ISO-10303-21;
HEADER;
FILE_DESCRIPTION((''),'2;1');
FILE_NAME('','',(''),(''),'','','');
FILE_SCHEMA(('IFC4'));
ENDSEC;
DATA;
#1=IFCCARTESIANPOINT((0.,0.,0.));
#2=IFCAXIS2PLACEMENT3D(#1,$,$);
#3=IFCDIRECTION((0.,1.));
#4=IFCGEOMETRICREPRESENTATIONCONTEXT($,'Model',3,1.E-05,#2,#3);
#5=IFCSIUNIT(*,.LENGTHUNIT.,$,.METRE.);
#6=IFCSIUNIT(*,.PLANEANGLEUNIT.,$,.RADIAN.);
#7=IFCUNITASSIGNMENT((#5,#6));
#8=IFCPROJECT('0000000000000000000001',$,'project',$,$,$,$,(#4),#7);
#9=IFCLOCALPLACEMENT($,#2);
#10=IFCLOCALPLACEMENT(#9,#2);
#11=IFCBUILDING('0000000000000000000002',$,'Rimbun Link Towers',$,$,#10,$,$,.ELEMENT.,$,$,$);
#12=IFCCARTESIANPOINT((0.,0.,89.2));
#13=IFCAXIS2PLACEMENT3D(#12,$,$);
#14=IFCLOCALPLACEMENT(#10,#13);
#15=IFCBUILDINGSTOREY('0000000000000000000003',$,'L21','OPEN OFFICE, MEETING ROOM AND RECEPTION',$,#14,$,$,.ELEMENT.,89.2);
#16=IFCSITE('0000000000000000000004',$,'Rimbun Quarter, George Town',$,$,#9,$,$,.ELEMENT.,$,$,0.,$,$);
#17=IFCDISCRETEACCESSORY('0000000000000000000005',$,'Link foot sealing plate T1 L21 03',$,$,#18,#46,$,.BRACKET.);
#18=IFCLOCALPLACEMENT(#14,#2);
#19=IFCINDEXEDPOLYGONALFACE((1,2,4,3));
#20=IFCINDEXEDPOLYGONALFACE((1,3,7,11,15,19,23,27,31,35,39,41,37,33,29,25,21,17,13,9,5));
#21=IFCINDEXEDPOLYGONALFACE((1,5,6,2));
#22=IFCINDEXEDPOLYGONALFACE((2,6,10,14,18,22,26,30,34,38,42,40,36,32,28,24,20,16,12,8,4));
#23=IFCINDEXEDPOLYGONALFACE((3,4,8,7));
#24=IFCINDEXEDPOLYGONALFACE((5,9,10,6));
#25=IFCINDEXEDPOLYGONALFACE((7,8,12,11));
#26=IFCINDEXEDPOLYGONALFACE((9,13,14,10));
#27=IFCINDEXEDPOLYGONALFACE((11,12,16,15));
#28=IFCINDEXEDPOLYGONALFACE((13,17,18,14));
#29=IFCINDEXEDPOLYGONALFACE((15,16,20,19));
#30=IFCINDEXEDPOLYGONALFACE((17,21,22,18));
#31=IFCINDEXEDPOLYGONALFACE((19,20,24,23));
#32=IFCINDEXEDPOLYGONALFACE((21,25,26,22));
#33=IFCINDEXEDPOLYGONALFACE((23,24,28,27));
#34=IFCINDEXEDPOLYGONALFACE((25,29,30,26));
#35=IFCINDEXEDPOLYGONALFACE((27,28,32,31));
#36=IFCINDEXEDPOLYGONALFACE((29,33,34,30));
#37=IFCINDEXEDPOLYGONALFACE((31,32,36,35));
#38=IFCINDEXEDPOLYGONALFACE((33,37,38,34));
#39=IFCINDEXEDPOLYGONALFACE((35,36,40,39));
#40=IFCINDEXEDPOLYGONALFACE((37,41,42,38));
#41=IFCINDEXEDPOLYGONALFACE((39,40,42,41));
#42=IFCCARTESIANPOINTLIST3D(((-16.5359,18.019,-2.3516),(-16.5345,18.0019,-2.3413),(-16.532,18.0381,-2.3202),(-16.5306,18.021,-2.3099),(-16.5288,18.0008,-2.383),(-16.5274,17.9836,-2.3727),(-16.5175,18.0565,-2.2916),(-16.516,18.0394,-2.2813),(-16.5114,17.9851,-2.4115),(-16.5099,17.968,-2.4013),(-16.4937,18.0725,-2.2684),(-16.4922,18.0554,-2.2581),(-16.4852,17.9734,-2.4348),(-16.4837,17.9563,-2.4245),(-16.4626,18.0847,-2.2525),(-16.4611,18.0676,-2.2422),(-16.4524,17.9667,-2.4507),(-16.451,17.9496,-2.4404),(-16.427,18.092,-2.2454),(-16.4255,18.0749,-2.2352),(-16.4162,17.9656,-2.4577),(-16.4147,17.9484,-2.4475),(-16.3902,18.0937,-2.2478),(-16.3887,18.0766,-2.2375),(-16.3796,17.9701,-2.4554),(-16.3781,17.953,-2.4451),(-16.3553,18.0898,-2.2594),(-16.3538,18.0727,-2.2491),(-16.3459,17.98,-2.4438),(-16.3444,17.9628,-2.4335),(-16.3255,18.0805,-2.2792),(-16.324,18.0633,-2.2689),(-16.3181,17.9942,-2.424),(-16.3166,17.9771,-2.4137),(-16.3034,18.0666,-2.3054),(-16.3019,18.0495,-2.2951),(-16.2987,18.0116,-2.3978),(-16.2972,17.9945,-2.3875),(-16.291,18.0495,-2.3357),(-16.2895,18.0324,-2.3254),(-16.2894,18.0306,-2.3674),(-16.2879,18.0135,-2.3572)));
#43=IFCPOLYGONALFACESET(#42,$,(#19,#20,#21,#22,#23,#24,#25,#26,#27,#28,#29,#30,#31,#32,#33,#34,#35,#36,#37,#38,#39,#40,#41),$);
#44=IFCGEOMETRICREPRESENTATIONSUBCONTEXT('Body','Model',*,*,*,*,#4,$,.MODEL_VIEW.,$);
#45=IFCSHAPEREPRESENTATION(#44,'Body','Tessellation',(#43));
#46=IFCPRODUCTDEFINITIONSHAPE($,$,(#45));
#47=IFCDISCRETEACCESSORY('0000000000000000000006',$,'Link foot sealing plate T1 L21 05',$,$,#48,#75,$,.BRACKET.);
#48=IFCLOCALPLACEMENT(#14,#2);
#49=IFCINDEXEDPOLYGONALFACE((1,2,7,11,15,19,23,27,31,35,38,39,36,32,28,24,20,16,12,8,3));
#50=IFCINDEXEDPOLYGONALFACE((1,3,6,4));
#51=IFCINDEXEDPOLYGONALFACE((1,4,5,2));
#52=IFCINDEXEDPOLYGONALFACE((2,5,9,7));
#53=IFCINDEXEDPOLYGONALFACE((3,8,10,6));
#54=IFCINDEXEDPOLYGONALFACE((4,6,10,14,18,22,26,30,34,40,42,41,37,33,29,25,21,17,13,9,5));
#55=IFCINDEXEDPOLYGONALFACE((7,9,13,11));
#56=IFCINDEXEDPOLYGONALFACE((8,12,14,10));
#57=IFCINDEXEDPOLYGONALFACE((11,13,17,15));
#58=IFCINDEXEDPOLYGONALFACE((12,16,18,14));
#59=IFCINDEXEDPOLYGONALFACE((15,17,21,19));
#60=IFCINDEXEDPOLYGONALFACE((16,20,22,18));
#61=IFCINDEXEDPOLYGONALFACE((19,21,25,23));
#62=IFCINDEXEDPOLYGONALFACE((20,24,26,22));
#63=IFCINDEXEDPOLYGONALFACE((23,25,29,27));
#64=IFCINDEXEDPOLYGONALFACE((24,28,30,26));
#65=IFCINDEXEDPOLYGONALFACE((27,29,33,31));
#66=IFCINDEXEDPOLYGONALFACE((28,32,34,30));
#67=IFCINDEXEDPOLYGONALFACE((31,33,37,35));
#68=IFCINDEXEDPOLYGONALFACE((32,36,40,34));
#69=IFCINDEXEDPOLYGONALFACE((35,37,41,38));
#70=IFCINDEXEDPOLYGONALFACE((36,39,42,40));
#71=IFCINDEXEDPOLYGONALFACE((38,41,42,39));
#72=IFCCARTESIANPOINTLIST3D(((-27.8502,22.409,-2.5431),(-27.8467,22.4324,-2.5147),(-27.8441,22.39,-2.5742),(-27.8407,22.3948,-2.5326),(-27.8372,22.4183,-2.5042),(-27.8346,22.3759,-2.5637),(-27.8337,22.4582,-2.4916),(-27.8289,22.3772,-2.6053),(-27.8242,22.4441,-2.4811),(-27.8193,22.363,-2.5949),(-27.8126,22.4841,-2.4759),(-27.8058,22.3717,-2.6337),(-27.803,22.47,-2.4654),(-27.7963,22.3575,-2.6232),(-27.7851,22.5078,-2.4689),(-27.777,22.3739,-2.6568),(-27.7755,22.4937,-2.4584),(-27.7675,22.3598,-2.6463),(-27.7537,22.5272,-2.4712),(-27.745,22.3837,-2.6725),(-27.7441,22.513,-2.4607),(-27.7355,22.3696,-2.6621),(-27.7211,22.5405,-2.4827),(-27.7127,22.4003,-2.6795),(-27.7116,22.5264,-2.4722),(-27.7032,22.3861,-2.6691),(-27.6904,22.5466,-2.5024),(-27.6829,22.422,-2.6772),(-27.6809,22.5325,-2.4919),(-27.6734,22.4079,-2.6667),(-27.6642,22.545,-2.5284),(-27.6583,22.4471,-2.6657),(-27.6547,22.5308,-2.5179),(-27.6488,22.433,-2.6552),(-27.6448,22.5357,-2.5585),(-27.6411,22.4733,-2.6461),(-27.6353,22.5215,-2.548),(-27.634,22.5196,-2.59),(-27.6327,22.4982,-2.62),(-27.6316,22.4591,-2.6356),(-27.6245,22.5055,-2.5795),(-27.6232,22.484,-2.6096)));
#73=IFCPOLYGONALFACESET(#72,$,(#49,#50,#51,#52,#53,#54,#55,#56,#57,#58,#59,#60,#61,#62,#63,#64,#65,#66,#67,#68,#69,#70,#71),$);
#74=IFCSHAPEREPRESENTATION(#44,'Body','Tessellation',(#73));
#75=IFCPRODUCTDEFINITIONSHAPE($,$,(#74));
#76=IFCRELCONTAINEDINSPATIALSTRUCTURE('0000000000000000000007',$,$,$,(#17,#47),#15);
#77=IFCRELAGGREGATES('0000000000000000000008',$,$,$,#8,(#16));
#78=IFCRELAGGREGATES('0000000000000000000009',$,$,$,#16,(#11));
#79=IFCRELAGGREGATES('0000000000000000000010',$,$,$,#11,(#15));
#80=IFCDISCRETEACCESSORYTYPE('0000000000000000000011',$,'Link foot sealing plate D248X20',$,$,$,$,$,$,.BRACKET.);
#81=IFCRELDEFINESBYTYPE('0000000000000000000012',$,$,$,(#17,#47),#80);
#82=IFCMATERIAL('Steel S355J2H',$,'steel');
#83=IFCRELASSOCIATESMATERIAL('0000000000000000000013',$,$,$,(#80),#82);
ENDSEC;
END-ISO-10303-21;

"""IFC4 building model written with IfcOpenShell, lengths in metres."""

from ifc_helpers import new_model, si_unit, direction, frame, origin, origin_2d, place, context, subcontext, project, spatial, circle, extrude, material, material_profile, profile_set, type_object, element, save


model = new_model("IFC4")

# Units and contexts
model_context = context("Model", 3, precision=1e-05, world=origin(), true_north=direction((0.0, 1.0)))
body_context = subcontext(model_context, "Body", "Model", "MODEL_VIEW")
ifc_project = project(units=[si_unit("LENGTHUNIT", "METRE"), si_unit("PLANEANGLEUNIT", "RADIAN")], contexts=[model_context])

# Site, building, storey
site_placement = place(None, origin())
site = spatial("IfcSite", under=ifc_project, at=site_placement, Name="Rimbun Quarter, George Town", CompositionType="ELEMENT", RefElevation=0.0)
building_placement = place(site_placement, origin())
building = spatial("IfcBuilding", under=site, at=building_placement, Name="Rimbun Link Towers", CompositionType="ELEMENT")
storey_placement = place(building_placement, frame((0.0, 0.0, 89.2)))
storey = spatial("IfcBuildingStorey", under=building, at=storey_placement, Name="L21", Description="OPEN OFFICE, MEETING ROOM AND RECEPTION", CompositionType="ELEMENT", Elevation=89.2)

# Discrete accessories
ifc_material_1 = material(Name="Steel S355J2H", Category="steel")
ifc_material_profile_1 = material_profile(ifc_material_1, circle(Radius=0.124, at=origin_2d()), Name="PL D248")
ifc_profile_set_1 = profile_set([ifc_material_profile_1], Name="Steel S355J2H")
discrete_accessory_type = type_object("IfcDiscreteAccessoryType", Name="Link foot sealing plate D248X20", PredefinedType="BRACKET", material=ifc_profile_set_1)
for number, where, z_axis, x_axis, name in (
    (1, (-16.4109, 18.0125, -2.3413), (-0.073302, 0.855186, -0.513112), (-0.996347, -0.085401, 0.0), "Link foot sealing plate T1 L21 03"),
    (2, (-27.7317, 22.4451, -2.5637), (-0.475256, 0.706792, -0.524001), (-0.829843, -0.557998, 0.0), "Link foot sealing plate T1 L21 05"),
):
    element("IfcDiscreteAccessory", number, at=place(storey_placement, frame(where, z_axis=z_axis, x_axis=x_axis)), inside=storey, type_object=discrete_accessory_type, Name=name, PredefinedType="BRACKET", context=body_context, shape_type="SweptSolid", body=[
        extrude(circle(Radius=0.124, at=origin_2d()), origin(), (0.0, 0.0, 1.0), 0.02),
    ])

save(model, "model.ifc")
